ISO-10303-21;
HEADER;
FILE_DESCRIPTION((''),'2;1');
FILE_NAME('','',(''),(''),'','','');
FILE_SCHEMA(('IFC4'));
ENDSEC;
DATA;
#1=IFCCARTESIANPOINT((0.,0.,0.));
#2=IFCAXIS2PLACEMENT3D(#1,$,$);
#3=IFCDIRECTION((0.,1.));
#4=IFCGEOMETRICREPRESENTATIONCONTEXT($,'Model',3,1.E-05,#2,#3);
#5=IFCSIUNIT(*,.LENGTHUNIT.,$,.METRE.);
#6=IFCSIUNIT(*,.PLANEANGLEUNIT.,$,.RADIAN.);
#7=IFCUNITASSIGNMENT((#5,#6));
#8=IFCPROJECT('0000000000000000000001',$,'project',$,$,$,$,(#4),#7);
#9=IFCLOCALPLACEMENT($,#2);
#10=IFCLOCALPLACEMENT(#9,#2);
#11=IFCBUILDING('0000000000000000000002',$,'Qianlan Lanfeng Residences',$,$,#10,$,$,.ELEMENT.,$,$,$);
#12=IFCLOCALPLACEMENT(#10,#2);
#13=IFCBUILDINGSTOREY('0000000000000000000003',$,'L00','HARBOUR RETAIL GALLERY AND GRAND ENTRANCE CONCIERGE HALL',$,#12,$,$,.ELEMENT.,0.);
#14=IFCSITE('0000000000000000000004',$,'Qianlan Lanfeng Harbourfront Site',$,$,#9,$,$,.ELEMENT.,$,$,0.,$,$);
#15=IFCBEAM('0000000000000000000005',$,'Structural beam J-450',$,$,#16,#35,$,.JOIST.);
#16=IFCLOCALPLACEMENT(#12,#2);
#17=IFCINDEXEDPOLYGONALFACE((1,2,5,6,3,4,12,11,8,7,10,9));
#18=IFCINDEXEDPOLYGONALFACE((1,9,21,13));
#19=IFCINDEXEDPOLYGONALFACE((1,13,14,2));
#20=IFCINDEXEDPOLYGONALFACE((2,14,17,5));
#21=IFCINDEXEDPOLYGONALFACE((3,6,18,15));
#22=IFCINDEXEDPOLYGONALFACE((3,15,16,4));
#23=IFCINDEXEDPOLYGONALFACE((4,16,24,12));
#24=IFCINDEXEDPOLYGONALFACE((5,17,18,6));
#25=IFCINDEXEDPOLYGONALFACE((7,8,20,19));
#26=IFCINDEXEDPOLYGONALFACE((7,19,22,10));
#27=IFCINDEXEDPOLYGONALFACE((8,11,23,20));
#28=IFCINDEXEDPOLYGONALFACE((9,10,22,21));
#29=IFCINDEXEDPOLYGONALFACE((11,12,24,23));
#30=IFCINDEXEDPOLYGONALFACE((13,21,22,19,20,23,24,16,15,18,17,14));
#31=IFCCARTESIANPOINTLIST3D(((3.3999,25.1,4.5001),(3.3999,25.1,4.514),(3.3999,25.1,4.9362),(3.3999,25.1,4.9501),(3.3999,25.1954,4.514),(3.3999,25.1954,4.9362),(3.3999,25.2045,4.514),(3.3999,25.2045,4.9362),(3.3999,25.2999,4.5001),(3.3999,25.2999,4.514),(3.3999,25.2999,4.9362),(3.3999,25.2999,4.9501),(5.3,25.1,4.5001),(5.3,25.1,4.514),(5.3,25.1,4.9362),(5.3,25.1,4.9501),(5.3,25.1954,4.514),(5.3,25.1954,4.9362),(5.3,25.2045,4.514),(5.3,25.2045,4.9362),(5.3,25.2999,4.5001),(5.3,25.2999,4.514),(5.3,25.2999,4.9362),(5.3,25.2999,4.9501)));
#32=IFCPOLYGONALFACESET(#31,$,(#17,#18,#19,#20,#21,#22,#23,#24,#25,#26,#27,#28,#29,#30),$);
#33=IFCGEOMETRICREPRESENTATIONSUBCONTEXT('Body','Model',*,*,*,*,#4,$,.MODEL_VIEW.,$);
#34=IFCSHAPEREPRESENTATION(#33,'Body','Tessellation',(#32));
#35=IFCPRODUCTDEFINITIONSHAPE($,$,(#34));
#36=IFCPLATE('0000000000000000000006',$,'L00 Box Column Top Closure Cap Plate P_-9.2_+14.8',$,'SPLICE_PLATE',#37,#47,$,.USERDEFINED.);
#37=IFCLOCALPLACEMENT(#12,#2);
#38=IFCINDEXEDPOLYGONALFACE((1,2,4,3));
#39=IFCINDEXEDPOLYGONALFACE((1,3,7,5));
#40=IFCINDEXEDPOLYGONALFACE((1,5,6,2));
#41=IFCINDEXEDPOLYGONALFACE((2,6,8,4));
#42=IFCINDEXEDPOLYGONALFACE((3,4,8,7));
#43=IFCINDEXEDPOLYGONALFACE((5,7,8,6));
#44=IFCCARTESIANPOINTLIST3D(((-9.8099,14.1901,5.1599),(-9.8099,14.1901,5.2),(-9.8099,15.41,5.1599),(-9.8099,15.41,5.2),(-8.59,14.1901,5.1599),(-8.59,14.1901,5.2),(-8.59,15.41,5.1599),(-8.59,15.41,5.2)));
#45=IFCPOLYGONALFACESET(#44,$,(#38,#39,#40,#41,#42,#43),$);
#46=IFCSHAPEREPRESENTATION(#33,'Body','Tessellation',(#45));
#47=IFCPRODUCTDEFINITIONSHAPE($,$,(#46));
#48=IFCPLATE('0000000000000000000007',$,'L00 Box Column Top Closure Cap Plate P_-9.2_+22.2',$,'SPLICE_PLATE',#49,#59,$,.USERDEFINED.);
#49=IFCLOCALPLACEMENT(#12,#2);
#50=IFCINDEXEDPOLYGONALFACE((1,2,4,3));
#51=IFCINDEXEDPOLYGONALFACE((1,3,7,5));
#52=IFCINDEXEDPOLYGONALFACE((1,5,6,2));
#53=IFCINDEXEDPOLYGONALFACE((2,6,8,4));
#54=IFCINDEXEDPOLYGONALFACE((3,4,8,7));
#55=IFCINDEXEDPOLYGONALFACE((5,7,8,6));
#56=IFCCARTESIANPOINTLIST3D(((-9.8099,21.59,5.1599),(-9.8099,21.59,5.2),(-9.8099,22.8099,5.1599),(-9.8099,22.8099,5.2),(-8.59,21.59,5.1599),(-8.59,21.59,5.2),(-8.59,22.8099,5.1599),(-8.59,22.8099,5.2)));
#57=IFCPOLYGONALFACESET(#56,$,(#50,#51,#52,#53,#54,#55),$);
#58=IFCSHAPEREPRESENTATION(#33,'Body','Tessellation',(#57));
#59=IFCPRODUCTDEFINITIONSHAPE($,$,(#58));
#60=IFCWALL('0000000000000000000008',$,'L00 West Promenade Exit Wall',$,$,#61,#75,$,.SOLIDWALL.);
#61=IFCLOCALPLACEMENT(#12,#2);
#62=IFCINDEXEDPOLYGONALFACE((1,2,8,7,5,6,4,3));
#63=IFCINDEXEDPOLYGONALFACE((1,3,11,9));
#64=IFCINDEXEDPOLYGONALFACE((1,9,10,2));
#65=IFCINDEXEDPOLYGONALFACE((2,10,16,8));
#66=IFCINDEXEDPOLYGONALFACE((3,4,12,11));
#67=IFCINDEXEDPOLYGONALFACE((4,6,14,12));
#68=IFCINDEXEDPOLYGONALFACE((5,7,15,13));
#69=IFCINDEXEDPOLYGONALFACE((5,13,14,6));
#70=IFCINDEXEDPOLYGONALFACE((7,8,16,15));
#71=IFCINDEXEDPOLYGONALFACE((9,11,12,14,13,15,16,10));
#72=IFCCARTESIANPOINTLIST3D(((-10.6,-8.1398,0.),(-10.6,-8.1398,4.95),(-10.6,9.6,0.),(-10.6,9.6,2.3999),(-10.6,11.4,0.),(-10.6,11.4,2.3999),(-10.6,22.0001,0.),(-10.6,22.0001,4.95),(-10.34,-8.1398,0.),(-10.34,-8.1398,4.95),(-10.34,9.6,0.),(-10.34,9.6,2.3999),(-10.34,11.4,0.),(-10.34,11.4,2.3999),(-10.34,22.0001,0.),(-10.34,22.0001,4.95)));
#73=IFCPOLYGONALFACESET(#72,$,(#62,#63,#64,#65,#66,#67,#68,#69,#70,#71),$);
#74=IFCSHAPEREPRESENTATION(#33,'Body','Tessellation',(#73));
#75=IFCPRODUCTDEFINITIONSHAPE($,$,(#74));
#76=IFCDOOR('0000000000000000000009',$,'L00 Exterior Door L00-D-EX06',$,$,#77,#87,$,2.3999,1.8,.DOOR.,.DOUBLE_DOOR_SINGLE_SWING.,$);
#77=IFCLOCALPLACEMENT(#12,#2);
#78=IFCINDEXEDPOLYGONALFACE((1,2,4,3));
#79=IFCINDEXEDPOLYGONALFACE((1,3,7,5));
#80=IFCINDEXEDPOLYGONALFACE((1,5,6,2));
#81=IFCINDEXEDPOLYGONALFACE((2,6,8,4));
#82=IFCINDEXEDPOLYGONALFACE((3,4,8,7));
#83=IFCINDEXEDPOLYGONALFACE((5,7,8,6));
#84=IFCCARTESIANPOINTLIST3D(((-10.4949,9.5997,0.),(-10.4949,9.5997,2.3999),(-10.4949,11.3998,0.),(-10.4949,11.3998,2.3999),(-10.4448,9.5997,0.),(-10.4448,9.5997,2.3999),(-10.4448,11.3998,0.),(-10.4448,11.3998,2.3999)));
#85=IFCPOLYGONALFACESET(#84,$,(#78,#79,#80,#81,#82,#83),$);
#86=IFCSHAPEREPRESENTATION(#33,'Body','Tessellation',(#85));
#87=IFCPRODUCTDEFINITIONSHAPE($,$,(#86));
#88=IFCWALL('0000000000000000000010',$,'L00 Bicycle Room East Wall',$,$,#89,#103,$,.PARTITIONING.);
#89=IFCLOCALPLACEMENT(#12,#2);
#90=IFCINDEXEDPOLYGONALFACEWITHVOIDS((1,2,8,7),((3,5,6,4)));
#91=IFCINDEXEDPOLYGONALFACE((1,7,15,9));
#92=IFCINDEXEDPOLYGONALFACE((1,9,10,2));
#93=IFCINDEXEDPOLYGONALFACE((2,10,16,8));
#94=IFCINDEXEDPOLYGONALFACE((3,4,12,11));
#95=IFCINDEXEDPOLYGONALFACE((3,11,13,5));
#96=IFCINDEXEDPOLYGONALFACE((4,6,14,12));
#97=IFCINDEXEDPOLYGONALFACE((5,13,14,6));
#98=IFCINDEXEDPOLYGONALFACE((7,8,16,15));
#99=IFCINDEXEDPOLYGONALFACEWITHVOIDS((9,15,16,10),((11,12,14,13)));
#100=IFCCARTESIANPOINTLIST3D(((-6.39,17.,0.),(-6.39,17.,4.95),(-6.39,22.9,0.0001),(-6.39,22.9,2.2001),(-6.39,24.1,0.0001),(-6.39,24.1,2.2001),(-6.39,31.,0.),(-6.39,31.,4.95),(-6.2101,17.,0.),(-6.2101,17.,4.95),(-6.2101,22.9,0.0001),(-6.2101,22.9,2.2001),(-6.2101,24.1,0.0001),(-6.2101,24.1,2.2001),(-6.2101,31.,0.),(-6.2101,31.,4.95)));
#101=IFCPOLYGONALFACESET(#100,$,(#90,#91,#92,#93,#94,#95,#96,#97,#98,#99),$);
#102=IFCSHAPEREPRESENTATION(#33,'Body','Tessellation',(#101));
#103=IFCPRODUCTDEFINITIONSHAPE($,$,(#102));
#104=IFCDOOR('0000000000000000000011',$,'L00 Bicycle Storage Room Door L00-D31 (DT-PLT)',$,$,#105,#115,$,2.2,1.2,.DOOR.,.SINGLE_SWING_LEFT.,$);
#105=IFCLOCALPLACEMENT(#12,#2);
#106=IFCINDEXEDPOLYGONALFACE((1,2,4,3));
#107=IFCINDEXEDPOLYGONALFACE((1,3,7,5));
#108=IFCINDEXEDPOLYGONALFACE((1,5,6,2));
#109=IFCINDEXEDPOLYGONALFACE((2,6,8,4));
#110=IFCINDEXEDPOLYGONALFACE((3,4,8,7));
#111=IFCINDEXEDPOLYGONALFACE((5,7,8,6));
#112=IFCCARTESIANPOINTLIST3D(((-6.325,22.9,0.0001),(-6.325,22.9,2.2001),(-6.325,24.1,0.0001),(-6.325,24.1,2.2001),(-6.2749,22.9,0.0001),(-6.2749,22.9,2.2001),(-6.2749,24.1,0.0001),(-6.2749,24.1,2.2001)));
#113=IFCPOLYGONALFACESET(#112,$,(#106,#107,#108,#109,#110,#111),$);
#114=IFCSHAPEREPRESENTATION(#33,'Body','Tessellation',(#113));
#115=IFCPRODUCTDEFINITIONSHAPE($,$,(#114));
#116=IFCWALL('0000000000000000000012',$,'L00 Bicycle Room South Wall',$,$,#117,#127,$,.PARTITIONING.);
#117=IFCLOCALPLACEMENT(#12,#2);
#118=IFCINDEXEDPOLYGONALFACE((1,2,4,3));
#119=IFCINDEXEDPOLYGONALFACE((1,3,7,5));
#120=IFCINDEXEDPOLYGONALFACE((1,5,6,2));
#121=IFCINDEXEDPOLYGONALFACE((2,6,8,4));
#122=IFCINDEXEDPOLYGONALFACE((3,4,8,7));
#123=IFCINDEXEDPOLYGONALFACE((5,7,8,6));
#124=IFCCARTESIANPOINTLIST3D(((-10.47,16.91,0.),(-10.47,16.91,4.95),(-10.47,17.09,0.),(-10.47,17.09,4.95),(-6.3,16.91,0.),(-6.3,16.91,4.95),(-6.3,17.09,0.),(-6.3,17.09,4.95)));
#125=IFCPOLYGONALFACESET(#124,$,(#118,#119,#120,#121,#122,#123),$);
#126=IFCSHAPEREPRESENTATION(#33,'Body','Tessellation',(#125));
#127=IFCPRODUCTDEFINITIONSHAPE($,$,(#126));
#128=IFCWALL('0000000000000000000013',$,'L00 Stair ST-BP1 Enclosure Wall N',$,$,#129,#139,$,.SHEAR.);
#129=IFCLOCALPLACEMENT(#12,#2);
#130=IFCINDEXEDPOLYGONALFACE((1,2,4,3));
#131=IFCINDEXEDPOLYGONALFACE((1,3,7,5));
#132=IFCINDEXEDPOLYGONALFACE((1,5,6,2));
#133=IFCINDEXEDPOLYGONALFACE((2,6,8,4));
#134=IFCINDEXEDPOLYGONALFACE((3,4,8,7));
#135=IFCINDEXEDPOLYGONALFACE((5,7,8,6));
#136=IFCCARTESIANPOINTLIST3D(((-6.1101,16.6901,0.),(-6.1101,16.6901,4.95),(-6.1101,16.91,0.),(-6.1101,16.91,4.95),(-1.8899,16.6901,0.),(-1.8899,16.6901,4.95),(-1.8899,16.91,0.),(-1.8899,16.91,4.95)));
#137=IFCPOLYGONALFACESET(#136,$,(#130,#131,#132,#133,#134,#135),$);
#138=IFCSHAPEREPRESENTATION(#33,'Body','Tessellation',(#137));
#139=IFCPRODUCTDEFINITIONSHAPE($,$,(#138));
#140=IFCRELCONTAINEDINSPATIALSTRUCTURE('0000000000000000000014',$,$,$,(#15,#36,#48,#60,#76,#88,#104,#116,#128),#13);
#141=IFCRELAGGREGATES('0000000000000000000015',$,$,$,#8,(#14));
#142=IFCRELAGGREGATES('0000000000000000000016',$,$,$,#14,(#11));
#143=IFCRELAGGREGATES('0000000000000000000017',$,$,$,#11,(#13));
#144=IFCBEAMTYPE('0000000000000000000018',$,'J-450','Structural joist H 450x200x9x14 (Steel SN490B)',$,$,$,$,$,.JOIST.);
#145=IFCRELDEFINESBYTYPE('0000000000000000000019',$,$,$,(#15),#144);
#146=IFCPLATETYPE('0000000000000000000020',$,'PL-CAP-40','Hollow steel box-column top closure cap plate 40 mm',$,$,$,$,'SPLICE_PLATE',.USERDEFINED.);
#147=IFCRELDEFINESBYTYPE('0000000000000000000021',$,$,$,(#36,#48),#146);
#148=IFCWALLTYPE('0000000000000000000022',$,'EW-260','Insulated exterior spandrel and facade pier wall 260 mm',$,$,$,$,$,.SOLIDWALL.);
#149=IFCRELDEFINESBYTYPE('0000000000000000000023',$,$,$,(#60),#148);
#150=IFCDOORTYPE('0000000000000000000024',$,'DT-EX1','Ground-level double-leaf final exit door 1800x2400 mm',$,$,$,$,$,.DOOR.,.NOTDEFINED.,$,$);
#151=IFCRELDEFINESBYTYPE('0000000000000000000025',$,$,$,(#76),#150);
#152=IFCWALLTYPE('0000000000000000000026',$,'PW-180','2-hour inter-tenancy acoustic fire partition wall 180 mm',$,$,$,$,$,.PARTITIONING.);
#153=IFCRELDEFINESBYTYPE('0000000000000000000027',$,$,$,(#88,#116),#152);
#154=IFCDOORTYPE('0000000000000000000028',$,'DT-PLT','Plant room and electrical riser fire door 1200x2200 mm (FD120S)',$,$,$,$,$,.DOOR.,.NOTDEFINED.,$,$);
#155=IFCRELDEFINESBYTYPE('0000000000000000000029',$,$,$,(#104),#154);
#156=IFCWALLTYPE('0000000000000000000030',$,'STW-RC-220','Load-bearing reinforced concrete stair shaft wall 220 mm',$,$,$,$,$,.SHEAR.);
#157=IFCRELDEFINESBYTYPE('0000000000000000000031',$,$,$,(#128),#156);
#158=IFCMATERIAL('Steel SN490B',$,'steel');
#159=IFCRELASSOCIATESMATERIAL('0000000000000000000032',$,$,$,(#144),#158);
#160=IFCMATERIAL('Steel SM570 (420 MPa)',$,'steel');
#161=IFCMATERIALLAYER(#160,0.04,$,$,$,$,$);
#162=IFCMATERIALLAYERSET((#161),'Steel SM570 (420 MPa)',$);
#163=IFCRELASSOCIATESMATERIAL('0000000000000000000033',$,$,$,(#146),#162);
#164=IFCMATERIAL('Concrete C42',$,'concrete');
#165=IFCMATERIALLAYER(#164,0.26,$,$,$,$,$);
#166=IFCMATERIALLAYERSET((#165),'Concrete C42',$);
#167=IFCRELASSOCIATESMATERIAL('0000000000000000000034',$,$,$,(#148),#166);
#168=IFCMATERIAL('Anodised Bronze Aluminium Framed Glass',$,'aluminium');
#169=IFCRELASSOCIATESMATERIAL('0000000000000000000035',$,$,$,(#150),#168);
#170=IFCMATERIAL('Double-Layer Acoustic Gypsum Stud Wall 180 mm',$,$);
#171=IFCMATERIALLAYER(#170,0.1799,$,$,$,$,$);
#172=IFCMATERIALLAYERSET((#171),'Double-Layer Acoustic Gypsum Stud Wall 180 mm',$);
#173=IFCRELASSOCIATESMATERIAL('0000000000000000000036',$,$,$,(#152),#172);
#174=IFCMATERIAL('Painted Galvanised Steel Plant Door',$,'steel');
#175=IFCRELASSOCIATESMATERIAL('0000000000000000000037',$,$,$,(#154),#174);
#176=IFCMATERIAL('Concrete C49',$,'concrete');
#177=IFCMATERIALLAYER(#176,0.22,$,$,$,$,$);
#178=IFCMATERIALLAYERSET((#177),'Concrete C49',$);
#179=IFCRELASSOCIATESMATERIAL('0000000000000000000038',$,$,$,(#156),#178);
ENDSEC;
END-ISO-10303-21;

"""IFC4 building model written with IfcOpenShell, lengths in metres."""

from ifc_helpers import new_model, si_unit, direction, frame, frame_2d, origin, origin_2d, place, context, subcontext, project, spatial, rectangle, i_section, extrude, source, transform, mapped, material, layer, layer_set, material_profile, profile_set, type_object, element, fill, save


model = new_model("IFC4")

# Units and contexts
model_context = context("Model", 3, precision=1e-05, world=origin(), true_north=direction((0.0, 1.0)))
body_context = subcontext(model_context, "Body", "Model", "MODEL_VIEW")
ifc_project = project(units=[si_unit("LENGTHUNIT", "METRE"), si_unit("PLANEANGLEUNIT", "RADIAN")], contexts=[model_context])

# Site, building, storey
site_placement = place(None, origin())
site = spatial("IfcSite", under=ifc_project, at=site_placement, Name="Qianlan Lanfeng Harbourfront Site", CompositionType="ELEMENT", RefElevation=0.0)
building_placement = place(site_placement, origin())
building = spatial("IfcBuilding", under=site, at=building_placement, Name="Qianlan Lanfeng Residences", CompositionType="ELEMENT")
storey_placement = place(building_placement, origin())
storey = spatial("IfcBuildingStorey", under=building, at=storey_placement, Name="L00", Description="HARBOUR RETAIL GALLERY AND GRAND ENTRANCE CONCIERGE HALL", CompositionType="ELEMENT", Elevation=0.0)

# Shared definitions
ifc_material_1 = material(Name="Steel SM570 (420 MPa)", Category="steel")

# Beam
ifc_material_2 = material(Name="Steel SN490B", Category="steel")
ifc_material_profile_1 = material_profile(ifc_material_2, i_section(OverallWidth=0.2, OverallDepth=0.45, WebThickness=0.009, FlangeThickness=0.0139, at=origin_2d()), Name="H 450x200x9x14")
ifc_profile_set_1 = profile_set([ifc_material_profile_1], Name="Steel SN490B")
beam_type_1 = type_object("IfcBeamType", Name="J-450", Description="Structural joist H 450x200x9x14 (Steel SN490B)", PredefinedType="JOIST", material=ifc_profile_set_1)
for number, where, z_axis, x_axis, name in (
    (1, (3.3999, 25.2, 4.7251), (1.0, 0.0, 0.0), (0.0, 1.0, 0.0), "Structural beam J-450"),
):
    element("IfcBeam", number, at=place(storey_placement, frame(where, z_axis=z_axis, x_axis=x_axis)), inside=storey, type_object=beam_type_1, Name=name, PredefinedType="JOIST", context=body_context, shape_type="SweptSolid", body=[
        extrude(i_section(OverallWidth=0.2, OverallDepth=0.45, WebThickness=0.009, FlangeThickness=0.0139, at=origin_2d()), origin(), (0.0, 0.0, 1.0), 1.9001),
    ])

# Plates
ifc_layer_1 = layer(ifc_material_1, 0.04)
ifc_layer_set_1 = layer_set([ifc_layer_1], Name="Steel SM570 (420 MPa)")
plate_type = type_object("IfcPlateType", Name="PL-CAP-40", Description="Hollow steel box-column top closure cap plate 40 mm", ElementType="SPLICE_PLATE", PredefinedType="USERDEFINED", material=ifc_layer_set_1)
shared_shape = source(origin(), body_context, "Body", "SweptSolid", [
    extrude(rectangle(XDim=1.22, YDim=1.22, at=origin_2d()), origin(), (0.0, 0.0, 1.0), 0.04),
])
for number, where, z_axis, x_axis, name in (
    (2, (-9.2, 14.8, 5.1599), (0.0, 0.0, 1.0), (1.0, 0.0, 0.0), "L00 Box Column Top Closure Cap Plate P_-9.2_+14.8"),
    (3, (-9.2, 22.2, 5.1599), (0.0, 0.0, 1.0), (1.0, 0.0, 0.0), "L00 Box Column Top Closure Cap Plate P_-9.2_+22.2"),
):
    element("IfcPlate", number, at=place(storey_placement, frame(where, z_axis=z_axis, x_axis=x_axis)), inside=storey, type_object=plate_type, Name=name, ObjectType="SPLICE_PLATE", PredefinedType="USERDEFINED", context=body_context, shape_type="MappedRepresentation", body=[
        mapped(shared_shape, transform((0.0, 0.0, 0.0), scale=1.0)),
    ])

# Walls, openings, doors
ifc_material_3 = material(Name="Concrete C42", Category="concrete")
ifc_layer_2 = layer(ifc_material_3, 0.26)
ifc_layer_set_2 = layer_set([ifc_layer_2], Name="Concrete C42")
wall_type_1 = type_object("IfcWallType", Name="EW-260", Description="Insulated exterior spandrel and facade pier wall 260 mm", PredefinedType="SOLIDWALL", material=ifc_layer_set_2)
wall_1_placement = place(storey_placement, frame((-10.47, 22.0, 0.0), z_axis=(0.0, 0.0, 1.0), x_axis=(0.0, -1.0, 0.0)))
wall_1 = element("IfcWall", 4, at=wall_1_placement, inside=storey, type_object=wall_type_1, Name="L00 West Promenade Exit Wall", PredefinedType="SOLIDWALL", context=body_context, shape_type="SweptSolid", body=[
    extrude(rectangle(XDim=30.1399, YDim=0.26, at=frame_2d((15.0698, 0.0))), origin(), (0.0, 0.0, 1.0), 4.95),
])
opening_1_placement = place(wall_1_placement, frame((10.6001, 0.0, 0.0)))
opening_1 = element("IfcOpeningElement", 5, at=opening_1_placement, cuts=wall_1, PredefinedType="OPENING", context=body_context, shape_type="SweptSolid", body=[
    extrude(rectangle(XDim=1.8, YDim=2.3999, at=frame_2d((0.8999, 1.2))), frame((0.0, 0.1401, 0.0), z_axis=(0.0, -1.0, 0.0), x_axis=(1.0, 0.0, 0.0)), (0.0, 0.0, 1.0), 0.28),
])
ifc_material_4 = material(Name="Anodised Bronze Aluminium Framed Glass", Category="aluminium")
door_type_1 = type_object("IfcDoorType", Name="DT-EX1", Description="Ground-level double-leaf final exit door 1800x2400 mm", OperationType="NOTDEFINED", PredefinedType="DOOR", material=ifc_material_4)
door_1_placement = place(opening_1_placement, frame((1.8, 0.0, 0.0), z_axis=(0.0, 0.0, 1.0), x_axis=(-1.0, 0.0, 0.0)))
door_1 = element("IfcDoor", 6, at=door_1_placement, inside=storey, type_object=door_type_1, Name="L00 Exterior Door L00-D-EX06", OperationType="DOUBLE_DOOR_SINGLE_SWING", OverallHeight=2.3999, OverallWidth=1.8, PredefinedType="DOOR", context=body_context, shape_type="SweptSolid", body=[
    extrude(rectangle(XDim=1.8, YDim=2.3999, at=frame_2d((0.8999, 1.2))), frame((0.0, 0.0249, 0.0), z_axis=(0.0, -1.0, 0.0), x_axis=(1.0, 0.0, 0.0)), (0.0, 0.0, 1.0), 0.05),
])
fill(opening_1, door_1)
ifc_material_5 = material(Name="Double-Layer Acoustic Gypsum Stud Wall 180 mm")
ifc_layer_3 = layer(ifc_material_5, 0.1799)
ifc_layer_set_3 = layer_set([ifc_layer_3], Name="Double-Layer Acoustic Gypsum Stud Wall 180 mm")
wall_type_2 = type_object("IfcWallType", Name="PW-180", Description="2-hour inter-tenancy acoustic fire partition wall 180 mm", PredefinedType="PARTITIONING", material=ifc_layer_set_3)
wall_2_placement = place(storey_placement, frame((-6.3, 17.0, 0.0), z_axis=(0.0, 0.0, 1.0), x_axis=(0.0, 1.0, 0.0)))
wall_2 = element("IfcWall", 7, at=wall_2_placement, inside=storey, type_object=wall_type_2, Name="L00 Bicycle Room East Wall", PredefinedType="PARTITIONING", context=body_context, shape_type="SweptSolid", body=[
    extrude(rectangle(XDim=14.0, YDim=0.1799, at=frame_2d((7.0, 0.0))), origin(), (0.0, 0.0, 1.0), 4.95),
])
opening_2_placement = place(wall_2_placement, frame((5.8999, 0.0, 0.0)))
opening_2 = element("IfcOpeningElement", 8, at=opening_2_placement, cuts=wall_2, PredefinedType="OPENING", context=body_context, shape_type="SweptSolid", body=[
    extrude(rectangle(XDim=1.2, YDim=2.2, at=frame_2d((0.6001, 1.1001))), frame((0.0, 0.1001, 0.0), z_axis=(0.0, -1.0, 0.0), x_axis=(1.0, 0.0, 0.0)), (0.0, 0.0, 1.0), 0.2),
])
ifc_material_6 = material(Name="Painted Galvanised Steel Plant Door", Category="steel")
door_type_2 = type_object("IfcDoorType", Name="DT-PLT", Description="Plant room and electrical riser fire door 1200x2200 mm (FD120S)", OperationType="NOTDEFINED", PredefinedType="DOOR", material=ifc_material_6)
door_2_placement = place(opening_2_placement, origin())
door_2 = element("IfcDoor", 9, at=door_2_placement, inside=storey, type_object=door_type_2, Name="L00 Bicycle Storage Room Door L00-D31 (DT-PLT)", OperationType="SINGLE_SWING_LEFT", OverallHeight=2.2, OverallWidth=1.2, PredefinedType="DOOR", context=body_context, shape_type="SweptSolid", body=[
    extrude(rectangle(XDim=1.2, YDim=2.2, at=frame_2d((0.6001, 1.1001))), frame((0.0, 0.0249, 0.0), z_axis=(0.0, -1.0, 0.0), x_axis=(1.0, 0.0, 0.0)), (0.0, 0.0, 1.0), 0.05),
])
fill(opening_2, door_2)

# Walls
wall_3_placement = place(storey_placement, frame((-10.47, 17.0, 0.0), z_axis=(0.0, 0.0, 1.0), x_axis=(1.0, 0.0, 0.0)))
element("IfcWall", 10, at=wall_3_placement, inside=storey, type_object=wall_type_2, Name="L00 Bicycle Room South Wall", PredefinedType="PARTITIONING", context=body_context, shape_type="SweptSolid", body=[
    extrude(rectangle(XDim=4.1699, YDim=0.1799, at=frame_2d((2.085, 0.0))), origin(), (0.0, 0.0, 1.0), 4.95),
])
ifc_material_7 = material(Name="Concrete C49", Category="concrete")
ifc_layer_4 = layer(ifc_material_7, 0.22)
ifc_layer_set_4 = layer_set([ifc_layer_4], Name="Concrete C49")
wall_type_3 = type_object("IfcWallType", Name="STW-RC-220", Description="Load-bearing reinforced concrete stair shaft wall 220 mm", PredefinedType="SHEAR", material=ifc_layer_set_4)
wall_4_placement = place(storey_placement, frame((-6.1101, 16.8, 0.0), z_axis=(0.0, 0.0, 1.0), x_axis=(1.0, 0.0, 0.0)))
element("IfcWall", 11, at=wall_4_placement, inside=storey, type_object=wall_type_3, Name="L00 Stair ST-BP1 Enclosure Wall N", PredefinedType="SHEAR", context=body_context, shape_type="SweptSolid", body=[
    extrude(rectangle(XDim=4.2202, YDim=0.22, at=frame_2d((2.1101, 0.0))), origin(), (0.0, 0.0, 1.0), 4.95),
])

save(model, "model.ifc")
